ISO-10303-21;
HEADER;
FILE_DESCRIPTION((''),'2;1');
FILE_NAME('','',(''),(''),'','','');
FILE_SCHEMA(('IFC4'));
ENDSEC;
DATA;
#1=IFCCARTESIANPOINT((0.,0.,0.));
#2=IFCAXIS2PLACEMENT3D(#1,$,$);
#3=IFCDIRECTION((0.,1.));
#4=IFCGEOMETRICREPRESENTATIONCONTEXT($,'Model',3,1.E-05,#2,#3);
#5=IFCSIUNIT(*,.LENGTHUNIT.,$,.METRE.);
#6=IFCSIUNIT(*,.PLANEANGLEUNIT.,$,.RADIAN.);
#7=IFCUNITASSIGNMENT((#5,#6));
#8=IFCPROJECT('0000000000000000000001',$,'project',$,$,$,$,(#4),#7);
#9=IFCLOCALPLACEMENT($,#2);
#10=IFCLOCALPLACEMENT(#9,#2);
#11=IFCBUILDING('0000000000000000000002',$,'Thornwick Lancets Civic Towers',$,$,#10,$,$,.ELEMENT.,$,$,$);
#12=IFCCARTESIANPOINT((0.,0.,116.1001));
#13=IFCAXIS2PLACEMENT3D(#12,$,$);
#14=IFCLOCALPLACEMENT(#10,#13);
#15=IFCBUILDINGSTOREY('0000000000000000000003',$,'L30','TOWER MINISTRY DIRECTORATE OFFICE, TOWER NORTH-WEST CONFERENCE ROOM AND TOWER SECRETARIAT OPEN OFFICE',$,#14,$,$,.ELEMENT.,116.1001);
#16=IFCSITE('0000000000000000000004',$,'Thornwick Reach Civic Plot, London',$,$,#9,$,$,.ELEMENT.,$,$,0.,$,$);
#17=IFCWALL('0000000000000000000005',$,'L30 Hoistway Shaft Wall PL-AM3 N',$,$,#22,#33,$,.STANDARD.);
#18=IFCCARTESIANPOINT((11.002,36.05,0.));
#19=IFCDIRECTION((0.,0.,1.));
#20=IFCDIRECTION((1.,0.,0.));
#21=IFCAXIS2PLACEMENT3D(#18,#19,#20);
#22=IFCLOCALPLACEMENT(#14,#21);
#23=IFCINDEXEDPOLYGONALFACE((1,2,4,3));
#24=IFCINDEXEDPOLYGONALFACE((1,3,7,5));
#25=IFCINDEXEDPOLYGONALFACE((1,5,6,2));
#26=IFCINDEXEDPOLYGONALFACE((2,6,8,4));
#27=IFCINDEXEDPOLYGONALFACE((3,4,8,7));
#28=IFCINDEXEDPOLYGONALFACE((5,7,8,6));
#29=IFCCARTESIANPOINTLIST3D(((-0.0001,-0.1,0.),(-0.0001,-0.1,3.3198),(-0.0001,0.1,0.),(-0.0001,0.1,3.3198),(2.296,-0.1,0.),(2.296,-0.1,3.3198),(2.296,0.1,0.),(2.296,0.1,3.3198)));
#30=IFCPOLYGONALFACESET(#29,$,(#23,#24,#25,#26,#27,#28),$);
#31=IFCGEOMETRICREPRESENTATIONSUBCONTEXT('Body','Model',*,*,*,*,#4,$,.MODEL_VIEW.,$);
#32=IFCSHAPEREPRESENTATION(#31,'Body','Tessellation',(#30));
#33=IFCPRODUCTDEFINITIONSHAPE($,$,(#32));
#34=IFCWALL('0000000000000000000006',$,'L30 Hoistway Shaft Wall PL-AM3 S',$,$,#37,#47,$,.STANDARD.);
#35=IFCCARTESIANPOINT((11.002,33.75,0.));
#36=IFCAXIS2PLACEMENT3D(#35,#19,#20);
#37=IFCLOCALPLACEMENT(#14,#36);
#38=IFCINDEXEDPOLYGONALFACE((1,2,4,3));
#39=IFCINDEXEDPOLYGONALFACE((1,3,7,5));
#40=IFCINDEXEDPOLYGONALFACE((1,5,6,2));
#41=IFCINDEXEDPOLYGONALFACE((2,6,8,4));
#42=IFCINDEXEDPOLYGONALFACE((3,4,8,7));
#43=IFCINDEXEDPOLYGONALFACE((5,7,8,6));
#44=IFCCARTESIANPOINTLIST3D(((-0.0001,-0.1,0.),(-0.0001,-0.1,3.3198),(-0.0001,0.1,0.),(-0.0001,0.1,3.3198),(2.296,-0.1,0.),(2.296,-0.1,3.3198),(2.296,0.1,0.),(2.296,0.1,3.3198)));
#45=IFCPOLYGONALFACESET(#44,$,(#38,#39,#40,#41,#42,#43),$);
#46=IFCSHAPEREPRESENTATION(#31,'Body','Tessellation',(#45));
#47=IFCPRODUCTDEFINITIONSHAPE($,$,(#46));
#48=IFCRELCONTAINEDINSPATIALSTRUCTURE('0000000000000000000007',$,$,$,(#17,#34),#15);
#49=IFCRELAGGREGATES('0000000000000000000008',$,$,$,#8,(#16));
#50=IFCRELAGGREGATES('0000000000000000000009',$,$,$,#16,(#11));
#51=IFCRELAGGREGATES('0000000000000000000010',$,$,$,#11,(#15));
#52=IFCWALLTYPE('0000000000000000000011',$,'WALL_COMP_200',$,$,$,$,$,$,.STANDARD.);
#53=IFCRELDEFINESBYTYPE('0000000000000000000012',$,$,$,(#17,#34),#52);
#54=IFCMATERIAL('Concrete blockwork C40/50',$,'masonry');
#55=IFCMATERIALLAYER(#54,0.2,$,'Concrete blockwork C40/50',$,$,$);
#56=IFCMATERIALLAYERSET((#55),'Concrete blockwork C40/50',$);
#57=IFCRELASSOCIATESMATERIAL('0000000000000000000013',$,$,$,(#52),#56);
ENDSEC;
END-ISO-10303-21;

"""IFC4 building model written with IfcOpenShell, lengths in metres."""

from ifc_helpers import new_model, si_unit, direction, frame, frame_2d, origin, place, context, subcontext, project, spatial, rectangle, extrude, material, layer, layer_set, type_object, element, save


model = new_model("IFC4")

# Units and contexts
model_context = context("Model", 3, precision=1e-05, world=origin(), true_north=direction((0.0, 1.0)))
body_context = subcontext(model_context, "Body", "Model", "MODEL_VIEW")
ifc_project = project(units=[si_unit("LENGTHUNIT", "METRE"), si_unit("PLANEANGLEUNIT", "RADIAN")], contexts=[model_context])

# Site, building, storey
site_placement = place(None, origin())
site = spatial("IfcSite", under=ifc_project, at=site_placement, Name="Thornwick Reach Civic Plot, London", CompositionType="ELEMENT", RefElevation=0.0)
building_placement = place(site_placement, origin())
building = spatial("IfcBuilding", under=site, at=building_placement, Name="Thornwick Lancets Civic Towers", CompositionType="ELEMENT")
storey_placement = place(building_placement, frame((0.0, 0.0, 116.1001)))
storey = spatial("IfcBuildingStorey", under=building, at=storey_placement, Name="L30", Description="TOWER MINISTRY DIRECTORATE OFFICE, TOWER NORTH-WEST CONFERENCE ROOM AND TOWER SECRETARIAT OPEN OFFICE", CompositionType="ELEMENT", Elevation=116.1001)

# Shared definitions
ifc_material_1 = material(Name="Concrete blockwork C40/50", Category="masonry")
ifc_layer_1 = layer(ifc_material_1, 0.2, Name="Concrete blockwork C40/50")
ifc_layer_set_1 = layer_set([ifc_layer_1], Name="Concrete blockwork C40/50")
wall_type_1 = type_object("IfcWallType", Name="WALL_COMP_200", PredefinedType="STANDARD", material=ifc_layer_set_1)

# Walls
for number, where, z_axis, x_axis, name in (
    (1, (11.002, 36.05, 0.0), (0.0, 0.0, 1.0), (1.0, 0.0, 0.0), "L30 Hoistway Shaft Wall PL-AM3 N"),
    (2, (11.002, 33.75, 0.0), (0.0, 0.0, 1.0), (1.0, 0.0, 0.0), "L30 Hoistway Shaft Wall PL-AM3 S"),
):
    element("IfcWall", number, at=place(storey_placement, frame(where, z_axis=z_axis, x_axis=x_axis)), inside=storey, type_object=wall_type_1, Name=name, PredefinedType="STANDARD", context=body_context, shape_type="SweptSolid", body=[
        extrude(rectangle(XDim=2.2961, YDim=0.2, at=frame_2d((1.1479, 0.0))), origin(), (0.0, 0.0, 1.0), 3.3198),
    ])

save(model, "model.ifc")
